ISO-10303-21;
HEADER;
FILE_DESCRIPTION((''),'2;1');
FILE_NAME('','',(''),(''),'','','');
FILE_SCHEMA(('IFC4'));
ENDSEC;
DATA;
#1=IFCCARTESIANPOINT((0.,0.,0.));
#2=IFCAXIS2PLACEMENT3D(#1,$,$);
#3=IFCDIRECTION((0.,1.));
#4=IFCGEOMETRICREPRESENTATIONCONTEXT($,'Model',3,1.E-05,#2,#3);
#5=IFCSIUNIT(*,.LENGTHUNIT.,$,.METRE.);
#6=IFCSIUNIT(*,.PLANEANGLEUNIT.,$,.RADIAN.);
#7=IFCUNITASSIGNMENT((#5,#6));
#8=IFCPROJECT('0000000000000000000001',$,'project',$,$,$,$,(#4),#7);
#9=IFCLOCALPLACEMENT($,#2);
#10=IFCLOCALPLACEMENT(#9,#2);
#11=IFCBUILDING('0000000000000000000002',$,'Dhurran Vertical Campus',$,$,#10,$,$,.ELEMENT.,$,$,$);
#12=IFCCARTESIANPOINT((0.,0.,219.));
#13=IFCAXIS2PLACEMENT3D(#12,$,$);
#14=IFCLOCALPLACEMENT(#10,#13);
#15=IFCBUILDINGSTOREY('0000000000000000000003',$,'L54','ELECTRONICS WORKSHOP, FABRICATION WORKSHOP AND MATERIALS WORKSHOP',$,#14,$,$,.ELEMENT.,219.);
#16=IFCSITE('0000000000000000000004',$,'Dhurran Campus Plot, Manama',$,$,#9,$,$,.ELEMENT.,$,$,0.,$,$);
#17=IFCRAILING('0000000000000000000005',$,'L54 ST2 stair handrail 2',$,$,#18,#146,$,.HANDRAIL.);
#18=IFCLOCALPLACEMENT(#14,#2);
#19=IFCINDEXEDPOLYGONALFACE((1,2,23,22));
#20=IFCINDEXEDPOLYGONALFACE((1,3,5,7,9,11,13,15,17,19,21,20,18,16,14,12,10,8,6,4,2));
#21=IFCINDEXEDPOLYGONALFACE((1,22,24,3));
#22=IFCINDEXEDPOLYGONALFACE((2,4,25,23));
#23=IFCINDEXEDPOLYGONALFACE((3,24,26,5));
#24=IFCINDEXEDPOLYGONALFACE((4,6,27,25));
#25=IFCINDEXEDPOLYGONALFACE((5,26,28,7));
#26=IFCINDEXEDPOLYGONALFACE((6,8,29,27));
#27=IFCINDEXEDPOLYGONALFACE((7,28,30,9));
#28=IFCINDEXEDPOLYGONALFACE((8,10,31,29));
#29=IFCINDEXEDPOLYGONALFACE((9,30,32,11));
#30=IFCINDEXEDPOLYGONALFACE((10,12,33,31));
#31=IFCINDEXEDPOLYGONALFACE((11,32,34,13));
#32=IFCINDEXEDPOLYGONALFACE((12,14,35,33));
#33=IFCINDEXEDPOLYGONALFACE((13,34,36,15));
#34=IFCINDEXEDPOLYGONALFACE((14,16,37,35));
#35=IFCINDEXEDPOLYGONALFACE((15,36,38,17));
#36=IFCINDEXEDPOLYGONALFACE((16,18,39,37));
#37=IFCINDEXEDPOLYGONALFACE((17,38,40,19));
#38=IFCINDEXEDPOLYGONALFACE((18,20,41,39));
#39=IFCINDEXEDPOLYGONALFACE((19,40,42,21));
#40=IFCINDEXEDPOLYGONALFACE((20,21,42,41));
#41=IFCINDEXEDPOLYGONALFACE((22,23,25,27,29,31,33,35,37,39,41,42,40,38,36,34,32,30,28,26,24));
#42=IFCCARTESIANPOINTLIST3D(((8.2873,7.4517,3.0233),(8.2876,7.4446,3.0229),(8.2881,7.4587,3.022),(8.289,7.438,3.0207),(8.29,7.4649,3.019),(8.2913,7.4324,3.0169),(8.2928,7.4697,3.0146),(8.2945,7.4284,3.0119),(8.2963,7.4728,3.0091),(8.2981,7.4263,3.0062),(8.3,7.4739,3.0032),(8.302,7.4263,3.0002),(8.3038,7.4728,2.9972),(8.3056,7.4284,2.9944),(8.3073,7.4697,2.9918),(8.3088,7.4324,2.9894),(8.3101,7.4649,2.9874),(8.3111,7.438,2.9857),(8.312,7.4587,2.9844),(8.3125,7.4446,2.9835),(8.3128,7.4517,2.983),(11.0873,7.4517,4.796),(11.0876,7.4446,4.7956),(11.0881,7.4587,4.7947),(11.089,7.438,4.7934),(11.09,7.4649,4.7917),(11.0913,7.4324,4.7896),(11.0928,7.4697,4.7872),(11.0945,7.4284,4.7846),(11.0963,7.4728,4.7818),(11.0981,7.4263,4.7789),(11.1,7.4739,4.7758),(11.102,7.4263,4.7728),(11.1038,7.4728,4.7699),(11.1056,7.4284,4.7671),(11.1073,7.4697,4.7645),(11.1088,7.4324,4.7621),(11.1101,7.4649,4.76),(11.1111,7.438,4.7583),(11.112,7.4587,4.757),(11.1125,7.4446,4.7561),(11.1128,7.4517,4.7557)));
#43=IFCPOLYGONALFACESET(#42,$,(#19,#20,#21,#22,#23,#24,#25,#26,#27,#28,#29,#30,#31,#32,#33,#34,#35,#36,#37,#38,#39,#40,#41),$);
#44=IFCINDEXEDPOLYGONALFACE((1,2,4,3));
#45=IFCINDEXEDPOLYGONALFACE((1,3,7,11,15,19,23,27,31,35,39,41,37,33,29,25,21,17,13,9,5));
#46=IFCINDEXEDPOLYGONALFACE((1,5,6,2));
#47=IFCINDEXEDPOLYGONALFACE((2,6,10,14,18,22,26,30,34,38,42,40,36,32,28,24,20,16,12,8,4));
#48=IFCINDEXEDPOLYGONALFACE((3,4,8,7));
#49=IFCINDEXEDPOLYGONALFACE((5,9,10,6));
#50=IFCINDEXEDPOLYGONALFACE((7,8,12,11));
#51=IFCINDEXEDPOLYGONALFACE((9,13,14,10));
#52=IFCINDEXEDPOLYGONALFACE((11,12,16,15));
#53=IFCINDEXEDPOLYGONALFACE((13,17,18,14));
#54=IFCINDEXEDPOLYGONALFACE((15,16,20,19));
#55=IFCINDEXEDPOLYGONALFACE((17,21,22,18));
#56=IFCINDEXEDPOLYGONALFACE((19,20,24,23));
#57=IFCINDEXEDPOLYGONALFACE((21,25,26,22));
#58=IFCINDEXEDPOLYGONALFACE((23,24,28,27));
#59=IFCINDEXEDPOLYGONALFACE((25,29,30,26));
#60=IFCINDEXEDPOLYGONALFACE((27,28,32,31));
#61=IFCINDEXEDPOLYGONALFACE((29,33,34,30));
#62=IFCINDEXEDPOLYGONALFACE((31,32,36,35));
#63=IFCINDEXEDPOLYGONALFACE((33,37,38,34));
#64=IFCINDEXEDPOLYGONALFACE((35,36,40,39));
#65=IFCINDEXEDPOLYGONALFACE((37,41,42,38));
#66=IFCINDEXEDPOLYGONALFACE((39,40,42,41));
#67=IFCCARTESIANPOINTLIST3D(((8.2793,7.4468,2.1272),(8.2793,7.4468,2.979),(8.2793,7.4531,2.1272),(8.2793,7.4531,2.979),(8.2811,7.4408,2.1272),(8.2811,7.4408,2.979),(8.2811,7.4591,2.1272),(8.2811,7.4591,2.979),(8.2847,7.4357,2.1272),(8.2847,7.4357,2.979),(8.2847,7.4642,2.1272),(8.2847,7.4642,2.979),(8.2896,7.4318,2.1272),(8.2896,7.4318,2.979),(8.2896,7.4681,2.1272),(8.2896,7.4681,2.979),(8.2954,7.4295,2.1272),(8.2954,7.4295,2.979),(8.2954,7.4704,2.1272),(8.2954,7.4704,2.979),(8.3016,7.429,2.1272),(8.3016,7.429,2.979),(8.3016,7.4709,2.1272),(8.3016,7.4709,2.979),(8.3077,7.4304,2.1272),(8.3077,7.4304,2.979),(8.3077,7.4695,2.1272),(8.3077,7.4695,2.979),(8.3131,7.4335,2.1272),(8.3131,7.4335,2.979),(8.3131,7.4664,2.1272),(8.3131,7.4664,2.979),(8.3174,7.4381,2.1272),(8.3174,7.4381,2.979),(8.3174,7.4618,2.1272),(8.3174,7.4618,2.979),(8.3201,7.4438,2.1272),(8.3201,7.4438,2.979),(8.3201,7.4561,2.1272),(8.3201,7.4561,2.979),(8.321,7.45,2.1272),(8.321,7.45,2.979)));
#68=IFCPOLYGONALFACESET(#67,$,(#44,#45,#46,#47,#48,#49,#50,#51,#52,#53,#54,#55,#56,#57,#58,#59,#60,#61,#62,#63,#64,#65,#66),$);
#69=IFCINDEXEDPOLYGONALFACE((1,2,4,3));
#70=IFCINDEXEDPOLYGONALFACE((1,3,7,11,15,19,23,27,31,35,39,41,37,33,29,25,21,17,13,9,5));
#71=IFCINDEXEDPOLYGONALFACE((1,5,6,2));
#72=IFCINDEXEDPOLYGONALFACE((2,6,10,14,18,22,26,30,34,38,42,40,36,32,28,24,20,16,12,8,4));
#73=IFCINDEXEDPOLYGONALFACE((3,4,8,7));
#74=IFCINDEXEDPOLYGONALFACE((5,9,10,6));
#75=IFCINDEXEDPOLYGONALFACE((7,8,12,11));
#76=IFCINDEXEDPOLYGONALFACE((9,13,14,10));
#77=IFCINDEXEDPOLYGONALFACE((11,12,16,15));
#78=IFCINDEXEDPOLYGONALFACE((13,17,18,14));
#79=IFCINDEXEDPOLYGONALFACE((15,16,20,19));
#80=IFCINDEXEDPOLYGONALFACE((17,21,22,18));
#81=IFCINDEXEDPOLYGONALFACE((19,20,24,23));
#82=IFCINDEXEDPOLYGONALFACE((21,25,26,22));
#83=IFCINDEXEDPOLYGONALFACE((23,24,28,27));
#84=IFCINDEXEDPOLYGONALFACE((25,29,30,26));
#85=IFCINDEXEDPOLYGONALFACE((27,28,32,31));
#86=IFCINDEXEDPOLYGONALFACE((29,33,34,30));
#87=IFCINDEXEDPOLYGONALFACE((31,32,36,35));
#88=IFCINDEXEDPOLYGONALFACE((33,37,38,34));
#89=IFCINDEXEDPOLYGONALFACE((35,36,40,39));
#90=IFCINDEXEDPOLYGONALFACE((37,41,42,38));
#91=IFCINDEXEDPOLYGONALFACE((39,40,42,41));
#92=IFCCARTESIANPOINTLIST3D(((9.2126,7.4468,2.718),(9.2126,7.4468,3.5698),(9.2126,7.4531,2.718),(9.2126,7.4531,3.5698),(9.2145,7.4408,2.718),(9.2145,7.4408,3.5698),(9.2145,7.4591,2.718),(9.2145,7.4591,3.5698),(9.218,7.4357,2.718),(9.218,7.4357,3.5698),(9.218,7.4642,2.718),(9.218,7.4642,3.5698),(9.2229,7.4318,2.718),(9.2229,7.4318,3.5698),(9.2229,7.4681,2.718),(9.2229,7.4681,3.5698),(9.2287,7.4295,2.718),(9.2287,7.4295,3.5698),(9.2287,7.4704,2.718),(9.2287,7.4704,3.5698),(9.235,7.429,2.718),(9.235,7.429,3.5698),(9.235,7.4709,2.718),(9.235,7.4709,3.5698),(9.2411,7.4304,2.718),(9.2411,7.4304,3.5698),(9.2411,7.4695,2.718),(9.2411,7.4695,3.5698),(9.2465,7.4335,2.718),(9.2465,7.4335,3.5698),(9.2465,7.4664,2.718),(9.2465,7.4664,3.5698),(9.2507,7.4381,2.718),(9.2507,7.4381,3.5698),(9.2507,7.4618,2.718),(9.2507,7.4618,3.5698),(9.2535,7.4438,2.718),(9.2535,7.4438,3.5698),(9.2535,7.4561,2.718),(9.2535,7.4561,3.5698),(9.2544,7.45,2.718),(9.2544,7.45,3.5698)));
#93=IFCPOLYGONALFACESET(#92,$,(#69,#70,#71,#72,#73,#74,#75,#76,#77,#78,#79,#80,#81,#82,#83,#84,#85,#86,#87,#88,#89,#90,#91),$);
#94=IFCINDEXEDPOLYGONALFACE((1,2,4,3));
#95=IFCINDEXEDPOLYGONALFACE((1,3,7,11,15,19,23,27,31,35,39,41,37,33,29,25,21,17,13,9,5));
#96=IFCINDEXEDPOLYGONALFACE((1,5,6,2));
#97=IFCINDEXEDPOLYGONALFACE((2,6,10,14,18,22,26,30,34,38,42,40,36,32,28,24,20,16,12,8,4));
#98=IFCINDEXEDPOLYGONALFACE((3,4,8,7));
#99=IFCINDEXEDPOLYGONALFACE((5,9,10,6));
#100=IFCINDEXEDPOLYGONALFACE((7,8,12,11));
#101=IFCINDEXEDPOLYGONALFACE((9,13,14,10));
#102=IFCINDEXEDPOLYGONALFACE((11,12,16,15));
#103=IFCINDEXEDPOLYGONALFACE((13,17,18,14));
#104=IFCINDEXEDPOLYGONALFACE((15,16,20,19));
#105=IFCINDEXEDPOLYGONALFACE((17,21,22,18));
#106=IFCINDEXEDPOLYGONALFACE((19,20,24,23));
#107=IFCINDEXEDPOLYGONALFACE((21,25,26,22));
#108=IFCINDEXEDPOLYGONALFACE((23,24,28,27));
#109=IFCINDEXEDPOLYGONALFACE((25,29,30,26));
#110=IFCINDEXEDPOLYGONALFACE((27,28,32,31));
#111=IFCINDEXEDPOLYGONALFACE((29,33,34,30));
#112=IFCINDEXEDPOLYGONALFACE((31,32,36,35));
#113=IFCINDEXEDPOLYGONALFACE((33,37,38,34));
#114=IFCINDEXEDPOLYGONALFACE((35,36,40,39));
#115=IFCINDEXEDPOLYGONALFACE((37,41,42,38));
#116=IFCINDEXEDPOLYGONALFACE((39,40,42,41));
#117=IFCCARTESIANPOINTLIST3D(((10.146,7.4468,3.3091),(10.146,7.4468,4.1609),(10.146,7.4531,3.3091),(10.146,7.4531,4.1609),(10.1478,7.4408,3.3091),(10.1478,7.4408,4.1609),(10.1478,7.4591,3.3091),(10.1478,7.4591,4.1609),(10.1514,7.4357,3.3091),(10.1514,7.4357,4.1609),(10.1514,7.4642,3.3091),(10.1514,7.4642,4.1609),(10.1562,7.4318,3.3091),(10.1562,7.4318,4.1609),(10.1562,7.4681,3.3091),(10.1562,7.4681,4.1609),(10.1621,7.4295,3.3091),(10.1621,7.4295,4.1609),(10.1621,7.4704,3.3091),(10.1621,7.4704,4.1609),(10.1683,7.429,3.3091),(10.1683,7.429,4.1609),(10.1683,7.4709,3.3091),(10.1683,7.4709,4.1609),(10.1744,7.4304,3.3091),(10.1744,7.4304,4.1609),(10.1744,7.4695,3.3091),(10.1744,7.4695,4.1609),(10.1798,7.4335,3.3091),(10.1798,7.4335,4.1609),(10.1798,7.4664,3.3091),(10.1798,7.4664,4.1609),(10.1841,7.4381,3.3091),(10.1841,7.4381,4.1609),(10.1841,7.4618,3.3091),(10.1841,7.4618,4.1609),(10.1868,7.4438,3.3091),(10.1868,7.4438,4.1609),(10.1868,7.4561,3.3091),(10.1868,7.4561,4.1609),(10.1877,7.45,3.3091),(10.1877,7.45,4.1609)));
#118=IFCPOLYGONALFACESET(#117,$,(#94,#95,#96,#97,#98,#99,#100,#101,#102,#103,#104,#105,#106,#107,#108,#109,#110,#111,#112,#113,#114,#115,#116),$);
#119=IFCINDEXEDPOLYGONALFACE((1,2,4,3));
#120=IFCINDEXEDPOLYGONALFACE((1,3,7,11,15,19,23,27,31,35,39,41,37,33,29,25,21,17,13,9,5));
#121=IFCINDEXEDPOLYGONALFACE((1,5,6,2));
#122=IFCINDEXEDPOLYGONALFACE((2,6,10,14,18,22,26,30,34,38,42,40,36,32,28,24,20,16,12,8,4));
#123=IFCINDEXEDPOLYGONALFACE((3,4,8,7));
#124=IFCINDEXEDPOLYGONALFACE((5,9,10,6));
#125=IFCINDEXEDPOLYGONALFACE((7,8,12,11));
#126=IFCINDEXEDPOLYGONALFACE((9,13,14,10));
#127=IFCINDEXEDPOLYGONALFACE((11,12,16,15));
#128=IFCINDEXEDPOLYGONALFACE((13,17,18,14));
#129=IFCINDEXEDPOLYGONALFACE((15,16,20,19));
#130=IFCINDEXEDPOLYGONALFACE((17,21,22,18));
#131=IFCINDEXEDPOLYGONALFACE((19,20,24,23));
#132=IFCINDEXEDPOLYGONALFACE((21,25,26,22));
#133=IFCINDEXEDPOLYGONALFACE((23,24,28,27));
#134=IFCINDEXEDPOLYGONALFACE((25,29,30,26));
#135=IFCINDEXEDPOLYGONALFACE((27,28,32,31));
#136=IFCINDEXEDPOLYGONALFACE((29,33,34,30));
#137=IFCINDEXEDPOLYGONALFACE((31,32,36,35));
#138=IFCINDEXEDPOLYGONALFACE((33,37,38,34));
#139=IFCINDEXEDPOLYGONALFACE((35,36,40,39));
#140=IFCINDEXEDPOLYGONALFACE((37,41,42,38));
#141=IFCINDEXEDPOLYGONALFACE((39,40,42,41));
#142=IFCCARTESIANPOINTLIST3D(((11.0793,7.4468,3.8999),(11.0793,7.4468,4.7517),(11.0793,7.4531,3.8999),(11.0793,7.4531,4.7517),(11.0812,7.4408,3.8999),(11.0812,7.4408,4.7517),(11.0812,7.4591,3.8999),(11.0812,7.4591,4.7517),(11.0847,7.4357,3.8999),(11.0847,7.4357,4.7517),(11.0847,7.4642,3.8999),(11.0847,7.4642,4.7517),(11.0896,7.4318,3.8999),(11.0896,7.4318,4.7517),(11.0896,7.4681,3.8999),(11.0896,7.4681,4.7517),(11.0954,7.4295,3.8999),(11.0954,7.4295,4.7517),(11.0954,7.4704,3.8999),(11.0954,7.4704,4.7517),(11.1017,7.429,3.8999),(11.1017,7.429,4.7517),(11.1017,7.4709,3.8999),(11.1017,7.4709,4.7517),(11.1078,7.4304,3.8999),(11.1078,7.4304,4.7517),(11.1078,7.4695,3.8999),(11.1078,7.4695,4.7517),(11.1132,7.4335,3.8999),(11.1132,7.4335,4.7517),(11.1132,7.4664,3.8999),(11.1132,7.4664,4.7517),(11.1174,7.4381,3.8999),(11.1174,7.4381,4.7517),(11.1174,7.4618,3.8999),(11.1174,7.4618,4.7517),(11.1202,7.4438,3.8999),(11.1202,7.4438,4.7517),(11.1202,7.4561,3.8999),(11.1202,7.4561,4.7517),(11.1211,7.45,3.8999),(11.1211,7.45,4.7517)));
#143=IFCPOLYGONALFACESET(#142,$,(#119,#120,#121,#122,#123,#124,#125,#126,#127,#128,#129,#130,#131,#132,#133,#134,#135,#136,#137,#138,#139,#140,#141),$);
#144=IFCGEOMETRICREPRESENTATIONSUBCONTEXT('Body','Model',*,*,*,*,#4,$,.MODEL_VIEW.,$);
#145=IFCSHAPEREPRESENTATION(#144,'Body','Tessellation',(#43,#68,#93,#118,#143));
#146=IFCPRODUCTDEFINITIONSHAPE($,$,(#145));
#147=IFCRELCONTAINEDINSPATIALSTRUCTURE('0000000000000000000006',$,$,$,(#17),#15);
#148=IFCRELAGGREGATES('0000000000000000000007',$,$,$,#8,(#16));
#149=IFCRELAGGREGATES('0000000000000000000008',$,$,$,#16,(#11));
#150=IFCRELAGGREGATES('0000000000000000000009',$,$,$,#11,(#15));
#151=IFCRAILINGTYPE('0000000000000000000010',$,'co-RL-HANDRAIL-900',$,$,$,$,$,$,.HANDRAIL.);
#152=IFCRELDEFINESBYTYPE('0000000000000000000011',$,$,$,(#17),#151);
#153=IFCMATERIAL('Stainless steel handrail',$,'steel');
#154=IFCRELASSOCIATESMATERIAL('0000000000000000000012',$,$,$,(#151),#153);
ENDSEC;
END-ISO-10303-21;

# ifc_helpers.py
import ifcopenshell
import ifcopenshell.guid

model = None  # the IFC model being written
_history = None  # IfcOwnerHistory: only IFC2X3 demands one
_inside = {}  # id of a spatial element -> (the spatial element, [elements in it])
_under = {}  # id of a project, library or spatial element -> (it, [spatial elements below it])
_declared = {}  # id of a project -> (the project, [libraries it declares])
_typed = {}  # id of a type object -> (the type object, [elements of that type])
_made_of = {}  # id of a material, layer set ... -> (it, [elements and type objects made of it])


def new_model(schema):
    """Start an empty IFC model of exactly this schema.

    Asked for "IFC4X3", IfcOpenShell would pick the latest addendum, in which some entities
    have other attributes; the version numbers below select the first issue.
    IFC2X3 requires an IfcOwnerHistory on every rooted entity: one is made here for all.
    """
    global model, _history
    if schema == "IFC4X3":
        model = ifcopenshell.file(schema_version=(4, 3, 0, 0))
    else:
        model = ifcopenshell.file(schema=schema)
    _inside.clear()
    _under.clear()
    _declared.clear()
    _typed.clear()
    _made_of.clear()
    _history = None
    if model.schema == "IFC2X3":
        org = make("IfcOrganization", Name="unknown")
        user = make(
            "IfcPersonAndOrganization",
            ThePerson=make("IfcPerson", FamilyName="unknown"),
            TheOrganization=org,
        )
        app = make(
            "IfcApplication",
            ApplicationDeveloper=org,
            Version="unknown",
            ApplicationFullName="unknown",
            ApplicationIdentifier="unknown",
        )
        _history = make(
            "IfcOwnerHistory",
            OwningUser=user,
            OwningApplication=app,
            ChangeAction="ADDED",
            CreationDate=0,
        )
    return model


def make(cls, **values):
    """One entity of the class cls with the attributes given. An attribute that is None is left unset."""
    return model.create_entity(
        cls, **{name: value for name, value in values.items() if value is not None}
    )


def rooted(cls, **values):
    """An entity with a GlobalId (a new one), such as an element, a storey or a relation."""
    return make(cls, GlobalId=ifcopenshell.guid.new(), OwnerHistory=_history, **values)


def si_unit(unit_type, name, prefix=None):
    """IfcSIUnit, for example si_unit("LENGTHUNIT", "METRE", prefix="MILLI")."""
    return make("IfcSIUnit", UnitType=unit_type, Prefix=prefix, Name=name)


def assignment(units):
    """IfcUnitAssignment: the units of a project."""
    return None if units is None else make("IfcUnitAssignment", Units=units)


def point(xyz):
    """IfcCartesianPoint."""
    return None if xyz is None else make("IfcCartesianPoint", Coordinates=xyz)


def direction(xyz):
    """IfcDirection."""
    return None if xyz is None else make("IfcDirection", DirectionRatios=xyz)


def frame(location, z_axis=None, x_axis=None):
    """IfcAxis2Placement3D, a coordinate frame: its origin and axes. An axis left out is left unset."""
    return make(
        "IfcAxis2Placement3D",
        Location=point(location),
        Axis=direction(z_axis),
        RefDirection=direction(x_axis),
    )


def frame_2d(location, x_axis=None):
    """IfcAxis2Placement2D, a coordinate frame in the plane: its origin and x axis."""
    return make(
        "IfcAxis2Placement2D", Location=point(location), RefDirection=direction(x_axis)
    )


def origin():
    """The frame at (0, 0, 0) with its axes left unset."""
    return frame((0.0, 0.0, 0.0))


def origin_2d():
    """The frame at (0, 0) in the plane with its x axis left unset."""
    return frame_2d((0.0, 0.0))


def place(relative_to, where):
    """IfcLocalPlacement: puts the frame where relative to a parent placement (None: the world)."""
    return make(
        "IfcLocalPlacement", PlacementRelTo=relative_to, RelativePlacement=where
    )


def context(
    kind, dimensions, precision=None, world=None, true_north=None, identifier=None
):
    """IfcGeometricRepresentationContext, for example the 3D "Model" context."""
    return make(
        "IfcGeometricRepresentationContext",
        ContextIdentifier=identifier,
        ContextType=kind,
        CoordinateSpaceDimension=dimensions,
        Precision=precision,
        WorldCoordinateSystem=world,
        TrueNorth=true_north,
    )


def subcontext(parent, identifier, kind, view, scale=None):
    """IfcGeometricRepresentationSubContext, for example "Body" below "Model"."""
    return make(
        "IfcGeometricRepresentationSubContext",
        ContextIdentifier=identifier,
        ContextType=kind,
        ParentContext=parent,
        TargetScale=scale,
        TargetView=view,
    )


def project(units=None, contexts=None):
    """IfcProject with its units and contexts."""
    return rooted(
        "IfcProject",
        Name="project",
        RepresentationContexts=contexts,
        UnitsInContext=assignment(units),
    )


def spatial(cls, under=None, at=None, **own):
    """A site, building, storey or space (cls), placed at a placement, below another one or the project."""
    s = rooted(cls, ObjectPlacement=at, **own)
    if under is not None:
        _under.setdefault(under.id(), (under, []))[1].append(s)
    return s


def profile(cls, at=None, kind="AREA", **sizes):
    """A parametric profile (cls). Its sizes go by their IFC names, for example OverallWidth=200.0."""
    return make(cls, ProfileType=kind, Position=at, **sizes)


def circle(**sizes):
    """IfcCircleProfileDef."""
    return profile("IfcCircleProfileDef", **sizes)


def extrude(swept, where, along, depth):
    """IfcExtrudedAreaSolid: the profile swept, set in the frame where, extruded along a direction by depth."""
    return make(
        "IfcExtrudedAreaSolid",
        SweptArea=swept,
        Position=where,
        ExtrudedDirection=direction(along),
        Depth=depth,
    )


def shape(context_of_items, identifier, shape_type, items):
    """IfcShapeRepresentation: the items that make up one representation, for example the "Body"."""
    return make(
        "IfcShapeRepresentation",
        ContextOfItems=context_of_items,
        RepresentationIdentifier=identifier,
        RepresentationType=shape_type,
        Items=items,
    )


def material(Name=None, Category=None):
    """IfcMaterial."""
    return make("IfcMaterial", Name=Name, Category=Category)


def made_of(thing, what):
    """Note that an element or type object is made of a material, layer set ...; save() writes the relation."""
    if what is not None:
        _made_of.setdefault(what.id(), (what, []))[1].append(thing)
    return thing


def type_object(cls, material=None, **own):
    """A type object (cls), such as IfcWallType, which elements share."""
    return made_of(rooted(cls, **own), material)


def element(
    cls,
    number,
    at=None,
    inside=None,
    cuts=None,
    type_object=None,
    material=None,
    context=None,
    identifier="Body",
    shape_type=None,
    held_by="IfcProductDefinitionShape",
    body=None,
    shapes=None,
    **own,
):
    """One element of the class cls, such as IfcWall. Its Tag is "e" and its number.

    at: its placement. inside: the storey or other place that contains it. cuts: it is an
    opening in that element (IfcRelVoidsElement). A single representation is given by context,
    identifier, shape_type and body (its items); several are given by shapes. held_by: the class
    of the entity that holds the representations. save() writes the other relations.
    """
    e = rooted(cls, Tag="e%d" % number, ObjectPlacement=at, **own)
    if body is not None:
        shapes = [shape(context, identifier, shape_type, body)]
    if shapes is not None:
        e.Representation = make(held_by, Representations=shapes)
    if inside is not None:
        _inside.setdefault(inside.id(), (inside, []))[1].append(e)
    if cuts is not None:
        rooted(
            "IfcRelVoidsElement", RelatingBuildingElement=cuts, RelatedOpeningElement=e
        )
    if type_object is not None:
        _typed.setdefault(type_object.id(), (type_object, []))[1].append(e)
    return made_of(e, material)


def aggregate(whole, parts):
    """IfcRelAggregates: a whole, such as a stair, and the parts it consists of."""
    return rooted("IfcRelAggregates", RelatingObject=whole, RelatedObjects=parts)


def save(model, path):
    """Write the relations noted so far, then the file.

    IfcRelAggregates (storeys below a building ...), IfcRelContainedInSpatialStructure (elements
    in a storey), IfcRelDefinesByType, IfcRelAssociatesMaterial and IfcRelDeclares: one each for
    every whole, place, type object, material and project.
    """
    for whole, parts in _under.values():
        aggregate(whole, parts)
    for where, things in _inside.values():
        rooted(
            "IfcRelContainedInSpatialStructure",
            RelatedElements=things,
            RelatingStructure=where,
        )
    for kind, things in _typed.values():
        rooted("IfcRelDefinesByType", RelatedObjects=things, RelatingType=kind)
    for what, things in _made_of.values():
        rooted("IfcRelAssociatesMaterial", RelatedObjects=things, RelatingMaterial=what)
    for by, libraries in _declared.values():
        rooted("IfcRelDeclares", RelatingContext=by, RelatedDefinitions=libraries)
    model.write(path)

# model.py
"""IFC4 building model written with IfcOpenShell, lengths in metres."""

from ifc_helpers import new_model, si_unit, direction, frame, origin, origin_2d, place, context, subcontext, project, spatial, circle, extrude, material, type_object, element, save


model = new_model("IFC4")

# Units and contexts
model_context = context("Model", 3, precision=1e-05, world=origin(), true_north=direction((0.0, 1.0)))
body_context = subcontext(model_context, "Body", "Model", "MODEL_VIEW")
ifc_project = project(units=[si_unit("LENGTHUNIT", "METRE"), si_unit("PLANEANGLEUNIT", "RADIAN")], contexts=[model_context])

# Site, building, storey
site_placement = place(None, origin())
site = spatial("IfcSite", under=ifc_project, at=site_placement, Name="Dhurran Campus Plot, Manama", CompositionType="ELEMENT", RefElevation=0.0)
building_placement = place(site_placement, origin())
building = spatial("IfcBuilding", under=site, at=building_placement, Name="Dhurran Vertical Campus", CompositionType="ELEMENT")
storey_placement = place(building_placement, frame((0.0, 0.0, 219.0)))
storey = spatial("IfcBuildingStorey", under=building, at=storey_placement, Name="L54", Description="ELECTRONICS WORKSHOP, FABRICATION WORKSHOP AND MATERIALS WORKSHOP", CompositionType="ELEMENT", Elevation=219.0)

# Railing
ifc_material_1 = material(Name="Stainless steel handrail", Category="steel")
railing_type_1 = type_object("IfcRailingType", Name="co-RL-HANDRAIL-900", PredefinedType="HANDRAIL", material=ifc_material_1)
railing_1_placement = place(storey_placement, frame((8.3, 7.45, 2.1272)))
element("IfcRailing", 1, at=railing_1_placement, inside=storey, type_object=railing_type_1, Name="L54 ST2 stair handrail 2", PredefinedType="HANDRAIL", context=body_context, shape_type="SweptSolid", body=[
    extrude(circle(Radius=0.0239, at=origin_2d()), frame((0.0, 0.0, 0.876), z_axis=(0.844909, 0.0, 0.53491), x_axis=(0.0, 1.0, 0.0)), (0.0, 0.0, 1.0), 3.314),
    extrude(circle(Radius=0.021, at=origin_2d()), origin(), (0.0, 0.0, 1.0), 0.8518),
    extrude(circle(Radius=0.021, at=origin_2d()), frame((0.9333, 0.0, 0.5908)), (0.0, 0.0, 1.0), 0.8518),
    extrude(circle(Radius=0.021, at=origin_2d()), frame((1.8667, 0.0, 1.1819)), (0.0, 0.0, 1.0), 0.8518),
    extrude(circle(Radius=0.021, at=origin_2d()), frame((2.8, 0.0, 1.7727)), (0.0, 0.0, 1.0), 0.8518),
])

save(model, "model.ifc")
